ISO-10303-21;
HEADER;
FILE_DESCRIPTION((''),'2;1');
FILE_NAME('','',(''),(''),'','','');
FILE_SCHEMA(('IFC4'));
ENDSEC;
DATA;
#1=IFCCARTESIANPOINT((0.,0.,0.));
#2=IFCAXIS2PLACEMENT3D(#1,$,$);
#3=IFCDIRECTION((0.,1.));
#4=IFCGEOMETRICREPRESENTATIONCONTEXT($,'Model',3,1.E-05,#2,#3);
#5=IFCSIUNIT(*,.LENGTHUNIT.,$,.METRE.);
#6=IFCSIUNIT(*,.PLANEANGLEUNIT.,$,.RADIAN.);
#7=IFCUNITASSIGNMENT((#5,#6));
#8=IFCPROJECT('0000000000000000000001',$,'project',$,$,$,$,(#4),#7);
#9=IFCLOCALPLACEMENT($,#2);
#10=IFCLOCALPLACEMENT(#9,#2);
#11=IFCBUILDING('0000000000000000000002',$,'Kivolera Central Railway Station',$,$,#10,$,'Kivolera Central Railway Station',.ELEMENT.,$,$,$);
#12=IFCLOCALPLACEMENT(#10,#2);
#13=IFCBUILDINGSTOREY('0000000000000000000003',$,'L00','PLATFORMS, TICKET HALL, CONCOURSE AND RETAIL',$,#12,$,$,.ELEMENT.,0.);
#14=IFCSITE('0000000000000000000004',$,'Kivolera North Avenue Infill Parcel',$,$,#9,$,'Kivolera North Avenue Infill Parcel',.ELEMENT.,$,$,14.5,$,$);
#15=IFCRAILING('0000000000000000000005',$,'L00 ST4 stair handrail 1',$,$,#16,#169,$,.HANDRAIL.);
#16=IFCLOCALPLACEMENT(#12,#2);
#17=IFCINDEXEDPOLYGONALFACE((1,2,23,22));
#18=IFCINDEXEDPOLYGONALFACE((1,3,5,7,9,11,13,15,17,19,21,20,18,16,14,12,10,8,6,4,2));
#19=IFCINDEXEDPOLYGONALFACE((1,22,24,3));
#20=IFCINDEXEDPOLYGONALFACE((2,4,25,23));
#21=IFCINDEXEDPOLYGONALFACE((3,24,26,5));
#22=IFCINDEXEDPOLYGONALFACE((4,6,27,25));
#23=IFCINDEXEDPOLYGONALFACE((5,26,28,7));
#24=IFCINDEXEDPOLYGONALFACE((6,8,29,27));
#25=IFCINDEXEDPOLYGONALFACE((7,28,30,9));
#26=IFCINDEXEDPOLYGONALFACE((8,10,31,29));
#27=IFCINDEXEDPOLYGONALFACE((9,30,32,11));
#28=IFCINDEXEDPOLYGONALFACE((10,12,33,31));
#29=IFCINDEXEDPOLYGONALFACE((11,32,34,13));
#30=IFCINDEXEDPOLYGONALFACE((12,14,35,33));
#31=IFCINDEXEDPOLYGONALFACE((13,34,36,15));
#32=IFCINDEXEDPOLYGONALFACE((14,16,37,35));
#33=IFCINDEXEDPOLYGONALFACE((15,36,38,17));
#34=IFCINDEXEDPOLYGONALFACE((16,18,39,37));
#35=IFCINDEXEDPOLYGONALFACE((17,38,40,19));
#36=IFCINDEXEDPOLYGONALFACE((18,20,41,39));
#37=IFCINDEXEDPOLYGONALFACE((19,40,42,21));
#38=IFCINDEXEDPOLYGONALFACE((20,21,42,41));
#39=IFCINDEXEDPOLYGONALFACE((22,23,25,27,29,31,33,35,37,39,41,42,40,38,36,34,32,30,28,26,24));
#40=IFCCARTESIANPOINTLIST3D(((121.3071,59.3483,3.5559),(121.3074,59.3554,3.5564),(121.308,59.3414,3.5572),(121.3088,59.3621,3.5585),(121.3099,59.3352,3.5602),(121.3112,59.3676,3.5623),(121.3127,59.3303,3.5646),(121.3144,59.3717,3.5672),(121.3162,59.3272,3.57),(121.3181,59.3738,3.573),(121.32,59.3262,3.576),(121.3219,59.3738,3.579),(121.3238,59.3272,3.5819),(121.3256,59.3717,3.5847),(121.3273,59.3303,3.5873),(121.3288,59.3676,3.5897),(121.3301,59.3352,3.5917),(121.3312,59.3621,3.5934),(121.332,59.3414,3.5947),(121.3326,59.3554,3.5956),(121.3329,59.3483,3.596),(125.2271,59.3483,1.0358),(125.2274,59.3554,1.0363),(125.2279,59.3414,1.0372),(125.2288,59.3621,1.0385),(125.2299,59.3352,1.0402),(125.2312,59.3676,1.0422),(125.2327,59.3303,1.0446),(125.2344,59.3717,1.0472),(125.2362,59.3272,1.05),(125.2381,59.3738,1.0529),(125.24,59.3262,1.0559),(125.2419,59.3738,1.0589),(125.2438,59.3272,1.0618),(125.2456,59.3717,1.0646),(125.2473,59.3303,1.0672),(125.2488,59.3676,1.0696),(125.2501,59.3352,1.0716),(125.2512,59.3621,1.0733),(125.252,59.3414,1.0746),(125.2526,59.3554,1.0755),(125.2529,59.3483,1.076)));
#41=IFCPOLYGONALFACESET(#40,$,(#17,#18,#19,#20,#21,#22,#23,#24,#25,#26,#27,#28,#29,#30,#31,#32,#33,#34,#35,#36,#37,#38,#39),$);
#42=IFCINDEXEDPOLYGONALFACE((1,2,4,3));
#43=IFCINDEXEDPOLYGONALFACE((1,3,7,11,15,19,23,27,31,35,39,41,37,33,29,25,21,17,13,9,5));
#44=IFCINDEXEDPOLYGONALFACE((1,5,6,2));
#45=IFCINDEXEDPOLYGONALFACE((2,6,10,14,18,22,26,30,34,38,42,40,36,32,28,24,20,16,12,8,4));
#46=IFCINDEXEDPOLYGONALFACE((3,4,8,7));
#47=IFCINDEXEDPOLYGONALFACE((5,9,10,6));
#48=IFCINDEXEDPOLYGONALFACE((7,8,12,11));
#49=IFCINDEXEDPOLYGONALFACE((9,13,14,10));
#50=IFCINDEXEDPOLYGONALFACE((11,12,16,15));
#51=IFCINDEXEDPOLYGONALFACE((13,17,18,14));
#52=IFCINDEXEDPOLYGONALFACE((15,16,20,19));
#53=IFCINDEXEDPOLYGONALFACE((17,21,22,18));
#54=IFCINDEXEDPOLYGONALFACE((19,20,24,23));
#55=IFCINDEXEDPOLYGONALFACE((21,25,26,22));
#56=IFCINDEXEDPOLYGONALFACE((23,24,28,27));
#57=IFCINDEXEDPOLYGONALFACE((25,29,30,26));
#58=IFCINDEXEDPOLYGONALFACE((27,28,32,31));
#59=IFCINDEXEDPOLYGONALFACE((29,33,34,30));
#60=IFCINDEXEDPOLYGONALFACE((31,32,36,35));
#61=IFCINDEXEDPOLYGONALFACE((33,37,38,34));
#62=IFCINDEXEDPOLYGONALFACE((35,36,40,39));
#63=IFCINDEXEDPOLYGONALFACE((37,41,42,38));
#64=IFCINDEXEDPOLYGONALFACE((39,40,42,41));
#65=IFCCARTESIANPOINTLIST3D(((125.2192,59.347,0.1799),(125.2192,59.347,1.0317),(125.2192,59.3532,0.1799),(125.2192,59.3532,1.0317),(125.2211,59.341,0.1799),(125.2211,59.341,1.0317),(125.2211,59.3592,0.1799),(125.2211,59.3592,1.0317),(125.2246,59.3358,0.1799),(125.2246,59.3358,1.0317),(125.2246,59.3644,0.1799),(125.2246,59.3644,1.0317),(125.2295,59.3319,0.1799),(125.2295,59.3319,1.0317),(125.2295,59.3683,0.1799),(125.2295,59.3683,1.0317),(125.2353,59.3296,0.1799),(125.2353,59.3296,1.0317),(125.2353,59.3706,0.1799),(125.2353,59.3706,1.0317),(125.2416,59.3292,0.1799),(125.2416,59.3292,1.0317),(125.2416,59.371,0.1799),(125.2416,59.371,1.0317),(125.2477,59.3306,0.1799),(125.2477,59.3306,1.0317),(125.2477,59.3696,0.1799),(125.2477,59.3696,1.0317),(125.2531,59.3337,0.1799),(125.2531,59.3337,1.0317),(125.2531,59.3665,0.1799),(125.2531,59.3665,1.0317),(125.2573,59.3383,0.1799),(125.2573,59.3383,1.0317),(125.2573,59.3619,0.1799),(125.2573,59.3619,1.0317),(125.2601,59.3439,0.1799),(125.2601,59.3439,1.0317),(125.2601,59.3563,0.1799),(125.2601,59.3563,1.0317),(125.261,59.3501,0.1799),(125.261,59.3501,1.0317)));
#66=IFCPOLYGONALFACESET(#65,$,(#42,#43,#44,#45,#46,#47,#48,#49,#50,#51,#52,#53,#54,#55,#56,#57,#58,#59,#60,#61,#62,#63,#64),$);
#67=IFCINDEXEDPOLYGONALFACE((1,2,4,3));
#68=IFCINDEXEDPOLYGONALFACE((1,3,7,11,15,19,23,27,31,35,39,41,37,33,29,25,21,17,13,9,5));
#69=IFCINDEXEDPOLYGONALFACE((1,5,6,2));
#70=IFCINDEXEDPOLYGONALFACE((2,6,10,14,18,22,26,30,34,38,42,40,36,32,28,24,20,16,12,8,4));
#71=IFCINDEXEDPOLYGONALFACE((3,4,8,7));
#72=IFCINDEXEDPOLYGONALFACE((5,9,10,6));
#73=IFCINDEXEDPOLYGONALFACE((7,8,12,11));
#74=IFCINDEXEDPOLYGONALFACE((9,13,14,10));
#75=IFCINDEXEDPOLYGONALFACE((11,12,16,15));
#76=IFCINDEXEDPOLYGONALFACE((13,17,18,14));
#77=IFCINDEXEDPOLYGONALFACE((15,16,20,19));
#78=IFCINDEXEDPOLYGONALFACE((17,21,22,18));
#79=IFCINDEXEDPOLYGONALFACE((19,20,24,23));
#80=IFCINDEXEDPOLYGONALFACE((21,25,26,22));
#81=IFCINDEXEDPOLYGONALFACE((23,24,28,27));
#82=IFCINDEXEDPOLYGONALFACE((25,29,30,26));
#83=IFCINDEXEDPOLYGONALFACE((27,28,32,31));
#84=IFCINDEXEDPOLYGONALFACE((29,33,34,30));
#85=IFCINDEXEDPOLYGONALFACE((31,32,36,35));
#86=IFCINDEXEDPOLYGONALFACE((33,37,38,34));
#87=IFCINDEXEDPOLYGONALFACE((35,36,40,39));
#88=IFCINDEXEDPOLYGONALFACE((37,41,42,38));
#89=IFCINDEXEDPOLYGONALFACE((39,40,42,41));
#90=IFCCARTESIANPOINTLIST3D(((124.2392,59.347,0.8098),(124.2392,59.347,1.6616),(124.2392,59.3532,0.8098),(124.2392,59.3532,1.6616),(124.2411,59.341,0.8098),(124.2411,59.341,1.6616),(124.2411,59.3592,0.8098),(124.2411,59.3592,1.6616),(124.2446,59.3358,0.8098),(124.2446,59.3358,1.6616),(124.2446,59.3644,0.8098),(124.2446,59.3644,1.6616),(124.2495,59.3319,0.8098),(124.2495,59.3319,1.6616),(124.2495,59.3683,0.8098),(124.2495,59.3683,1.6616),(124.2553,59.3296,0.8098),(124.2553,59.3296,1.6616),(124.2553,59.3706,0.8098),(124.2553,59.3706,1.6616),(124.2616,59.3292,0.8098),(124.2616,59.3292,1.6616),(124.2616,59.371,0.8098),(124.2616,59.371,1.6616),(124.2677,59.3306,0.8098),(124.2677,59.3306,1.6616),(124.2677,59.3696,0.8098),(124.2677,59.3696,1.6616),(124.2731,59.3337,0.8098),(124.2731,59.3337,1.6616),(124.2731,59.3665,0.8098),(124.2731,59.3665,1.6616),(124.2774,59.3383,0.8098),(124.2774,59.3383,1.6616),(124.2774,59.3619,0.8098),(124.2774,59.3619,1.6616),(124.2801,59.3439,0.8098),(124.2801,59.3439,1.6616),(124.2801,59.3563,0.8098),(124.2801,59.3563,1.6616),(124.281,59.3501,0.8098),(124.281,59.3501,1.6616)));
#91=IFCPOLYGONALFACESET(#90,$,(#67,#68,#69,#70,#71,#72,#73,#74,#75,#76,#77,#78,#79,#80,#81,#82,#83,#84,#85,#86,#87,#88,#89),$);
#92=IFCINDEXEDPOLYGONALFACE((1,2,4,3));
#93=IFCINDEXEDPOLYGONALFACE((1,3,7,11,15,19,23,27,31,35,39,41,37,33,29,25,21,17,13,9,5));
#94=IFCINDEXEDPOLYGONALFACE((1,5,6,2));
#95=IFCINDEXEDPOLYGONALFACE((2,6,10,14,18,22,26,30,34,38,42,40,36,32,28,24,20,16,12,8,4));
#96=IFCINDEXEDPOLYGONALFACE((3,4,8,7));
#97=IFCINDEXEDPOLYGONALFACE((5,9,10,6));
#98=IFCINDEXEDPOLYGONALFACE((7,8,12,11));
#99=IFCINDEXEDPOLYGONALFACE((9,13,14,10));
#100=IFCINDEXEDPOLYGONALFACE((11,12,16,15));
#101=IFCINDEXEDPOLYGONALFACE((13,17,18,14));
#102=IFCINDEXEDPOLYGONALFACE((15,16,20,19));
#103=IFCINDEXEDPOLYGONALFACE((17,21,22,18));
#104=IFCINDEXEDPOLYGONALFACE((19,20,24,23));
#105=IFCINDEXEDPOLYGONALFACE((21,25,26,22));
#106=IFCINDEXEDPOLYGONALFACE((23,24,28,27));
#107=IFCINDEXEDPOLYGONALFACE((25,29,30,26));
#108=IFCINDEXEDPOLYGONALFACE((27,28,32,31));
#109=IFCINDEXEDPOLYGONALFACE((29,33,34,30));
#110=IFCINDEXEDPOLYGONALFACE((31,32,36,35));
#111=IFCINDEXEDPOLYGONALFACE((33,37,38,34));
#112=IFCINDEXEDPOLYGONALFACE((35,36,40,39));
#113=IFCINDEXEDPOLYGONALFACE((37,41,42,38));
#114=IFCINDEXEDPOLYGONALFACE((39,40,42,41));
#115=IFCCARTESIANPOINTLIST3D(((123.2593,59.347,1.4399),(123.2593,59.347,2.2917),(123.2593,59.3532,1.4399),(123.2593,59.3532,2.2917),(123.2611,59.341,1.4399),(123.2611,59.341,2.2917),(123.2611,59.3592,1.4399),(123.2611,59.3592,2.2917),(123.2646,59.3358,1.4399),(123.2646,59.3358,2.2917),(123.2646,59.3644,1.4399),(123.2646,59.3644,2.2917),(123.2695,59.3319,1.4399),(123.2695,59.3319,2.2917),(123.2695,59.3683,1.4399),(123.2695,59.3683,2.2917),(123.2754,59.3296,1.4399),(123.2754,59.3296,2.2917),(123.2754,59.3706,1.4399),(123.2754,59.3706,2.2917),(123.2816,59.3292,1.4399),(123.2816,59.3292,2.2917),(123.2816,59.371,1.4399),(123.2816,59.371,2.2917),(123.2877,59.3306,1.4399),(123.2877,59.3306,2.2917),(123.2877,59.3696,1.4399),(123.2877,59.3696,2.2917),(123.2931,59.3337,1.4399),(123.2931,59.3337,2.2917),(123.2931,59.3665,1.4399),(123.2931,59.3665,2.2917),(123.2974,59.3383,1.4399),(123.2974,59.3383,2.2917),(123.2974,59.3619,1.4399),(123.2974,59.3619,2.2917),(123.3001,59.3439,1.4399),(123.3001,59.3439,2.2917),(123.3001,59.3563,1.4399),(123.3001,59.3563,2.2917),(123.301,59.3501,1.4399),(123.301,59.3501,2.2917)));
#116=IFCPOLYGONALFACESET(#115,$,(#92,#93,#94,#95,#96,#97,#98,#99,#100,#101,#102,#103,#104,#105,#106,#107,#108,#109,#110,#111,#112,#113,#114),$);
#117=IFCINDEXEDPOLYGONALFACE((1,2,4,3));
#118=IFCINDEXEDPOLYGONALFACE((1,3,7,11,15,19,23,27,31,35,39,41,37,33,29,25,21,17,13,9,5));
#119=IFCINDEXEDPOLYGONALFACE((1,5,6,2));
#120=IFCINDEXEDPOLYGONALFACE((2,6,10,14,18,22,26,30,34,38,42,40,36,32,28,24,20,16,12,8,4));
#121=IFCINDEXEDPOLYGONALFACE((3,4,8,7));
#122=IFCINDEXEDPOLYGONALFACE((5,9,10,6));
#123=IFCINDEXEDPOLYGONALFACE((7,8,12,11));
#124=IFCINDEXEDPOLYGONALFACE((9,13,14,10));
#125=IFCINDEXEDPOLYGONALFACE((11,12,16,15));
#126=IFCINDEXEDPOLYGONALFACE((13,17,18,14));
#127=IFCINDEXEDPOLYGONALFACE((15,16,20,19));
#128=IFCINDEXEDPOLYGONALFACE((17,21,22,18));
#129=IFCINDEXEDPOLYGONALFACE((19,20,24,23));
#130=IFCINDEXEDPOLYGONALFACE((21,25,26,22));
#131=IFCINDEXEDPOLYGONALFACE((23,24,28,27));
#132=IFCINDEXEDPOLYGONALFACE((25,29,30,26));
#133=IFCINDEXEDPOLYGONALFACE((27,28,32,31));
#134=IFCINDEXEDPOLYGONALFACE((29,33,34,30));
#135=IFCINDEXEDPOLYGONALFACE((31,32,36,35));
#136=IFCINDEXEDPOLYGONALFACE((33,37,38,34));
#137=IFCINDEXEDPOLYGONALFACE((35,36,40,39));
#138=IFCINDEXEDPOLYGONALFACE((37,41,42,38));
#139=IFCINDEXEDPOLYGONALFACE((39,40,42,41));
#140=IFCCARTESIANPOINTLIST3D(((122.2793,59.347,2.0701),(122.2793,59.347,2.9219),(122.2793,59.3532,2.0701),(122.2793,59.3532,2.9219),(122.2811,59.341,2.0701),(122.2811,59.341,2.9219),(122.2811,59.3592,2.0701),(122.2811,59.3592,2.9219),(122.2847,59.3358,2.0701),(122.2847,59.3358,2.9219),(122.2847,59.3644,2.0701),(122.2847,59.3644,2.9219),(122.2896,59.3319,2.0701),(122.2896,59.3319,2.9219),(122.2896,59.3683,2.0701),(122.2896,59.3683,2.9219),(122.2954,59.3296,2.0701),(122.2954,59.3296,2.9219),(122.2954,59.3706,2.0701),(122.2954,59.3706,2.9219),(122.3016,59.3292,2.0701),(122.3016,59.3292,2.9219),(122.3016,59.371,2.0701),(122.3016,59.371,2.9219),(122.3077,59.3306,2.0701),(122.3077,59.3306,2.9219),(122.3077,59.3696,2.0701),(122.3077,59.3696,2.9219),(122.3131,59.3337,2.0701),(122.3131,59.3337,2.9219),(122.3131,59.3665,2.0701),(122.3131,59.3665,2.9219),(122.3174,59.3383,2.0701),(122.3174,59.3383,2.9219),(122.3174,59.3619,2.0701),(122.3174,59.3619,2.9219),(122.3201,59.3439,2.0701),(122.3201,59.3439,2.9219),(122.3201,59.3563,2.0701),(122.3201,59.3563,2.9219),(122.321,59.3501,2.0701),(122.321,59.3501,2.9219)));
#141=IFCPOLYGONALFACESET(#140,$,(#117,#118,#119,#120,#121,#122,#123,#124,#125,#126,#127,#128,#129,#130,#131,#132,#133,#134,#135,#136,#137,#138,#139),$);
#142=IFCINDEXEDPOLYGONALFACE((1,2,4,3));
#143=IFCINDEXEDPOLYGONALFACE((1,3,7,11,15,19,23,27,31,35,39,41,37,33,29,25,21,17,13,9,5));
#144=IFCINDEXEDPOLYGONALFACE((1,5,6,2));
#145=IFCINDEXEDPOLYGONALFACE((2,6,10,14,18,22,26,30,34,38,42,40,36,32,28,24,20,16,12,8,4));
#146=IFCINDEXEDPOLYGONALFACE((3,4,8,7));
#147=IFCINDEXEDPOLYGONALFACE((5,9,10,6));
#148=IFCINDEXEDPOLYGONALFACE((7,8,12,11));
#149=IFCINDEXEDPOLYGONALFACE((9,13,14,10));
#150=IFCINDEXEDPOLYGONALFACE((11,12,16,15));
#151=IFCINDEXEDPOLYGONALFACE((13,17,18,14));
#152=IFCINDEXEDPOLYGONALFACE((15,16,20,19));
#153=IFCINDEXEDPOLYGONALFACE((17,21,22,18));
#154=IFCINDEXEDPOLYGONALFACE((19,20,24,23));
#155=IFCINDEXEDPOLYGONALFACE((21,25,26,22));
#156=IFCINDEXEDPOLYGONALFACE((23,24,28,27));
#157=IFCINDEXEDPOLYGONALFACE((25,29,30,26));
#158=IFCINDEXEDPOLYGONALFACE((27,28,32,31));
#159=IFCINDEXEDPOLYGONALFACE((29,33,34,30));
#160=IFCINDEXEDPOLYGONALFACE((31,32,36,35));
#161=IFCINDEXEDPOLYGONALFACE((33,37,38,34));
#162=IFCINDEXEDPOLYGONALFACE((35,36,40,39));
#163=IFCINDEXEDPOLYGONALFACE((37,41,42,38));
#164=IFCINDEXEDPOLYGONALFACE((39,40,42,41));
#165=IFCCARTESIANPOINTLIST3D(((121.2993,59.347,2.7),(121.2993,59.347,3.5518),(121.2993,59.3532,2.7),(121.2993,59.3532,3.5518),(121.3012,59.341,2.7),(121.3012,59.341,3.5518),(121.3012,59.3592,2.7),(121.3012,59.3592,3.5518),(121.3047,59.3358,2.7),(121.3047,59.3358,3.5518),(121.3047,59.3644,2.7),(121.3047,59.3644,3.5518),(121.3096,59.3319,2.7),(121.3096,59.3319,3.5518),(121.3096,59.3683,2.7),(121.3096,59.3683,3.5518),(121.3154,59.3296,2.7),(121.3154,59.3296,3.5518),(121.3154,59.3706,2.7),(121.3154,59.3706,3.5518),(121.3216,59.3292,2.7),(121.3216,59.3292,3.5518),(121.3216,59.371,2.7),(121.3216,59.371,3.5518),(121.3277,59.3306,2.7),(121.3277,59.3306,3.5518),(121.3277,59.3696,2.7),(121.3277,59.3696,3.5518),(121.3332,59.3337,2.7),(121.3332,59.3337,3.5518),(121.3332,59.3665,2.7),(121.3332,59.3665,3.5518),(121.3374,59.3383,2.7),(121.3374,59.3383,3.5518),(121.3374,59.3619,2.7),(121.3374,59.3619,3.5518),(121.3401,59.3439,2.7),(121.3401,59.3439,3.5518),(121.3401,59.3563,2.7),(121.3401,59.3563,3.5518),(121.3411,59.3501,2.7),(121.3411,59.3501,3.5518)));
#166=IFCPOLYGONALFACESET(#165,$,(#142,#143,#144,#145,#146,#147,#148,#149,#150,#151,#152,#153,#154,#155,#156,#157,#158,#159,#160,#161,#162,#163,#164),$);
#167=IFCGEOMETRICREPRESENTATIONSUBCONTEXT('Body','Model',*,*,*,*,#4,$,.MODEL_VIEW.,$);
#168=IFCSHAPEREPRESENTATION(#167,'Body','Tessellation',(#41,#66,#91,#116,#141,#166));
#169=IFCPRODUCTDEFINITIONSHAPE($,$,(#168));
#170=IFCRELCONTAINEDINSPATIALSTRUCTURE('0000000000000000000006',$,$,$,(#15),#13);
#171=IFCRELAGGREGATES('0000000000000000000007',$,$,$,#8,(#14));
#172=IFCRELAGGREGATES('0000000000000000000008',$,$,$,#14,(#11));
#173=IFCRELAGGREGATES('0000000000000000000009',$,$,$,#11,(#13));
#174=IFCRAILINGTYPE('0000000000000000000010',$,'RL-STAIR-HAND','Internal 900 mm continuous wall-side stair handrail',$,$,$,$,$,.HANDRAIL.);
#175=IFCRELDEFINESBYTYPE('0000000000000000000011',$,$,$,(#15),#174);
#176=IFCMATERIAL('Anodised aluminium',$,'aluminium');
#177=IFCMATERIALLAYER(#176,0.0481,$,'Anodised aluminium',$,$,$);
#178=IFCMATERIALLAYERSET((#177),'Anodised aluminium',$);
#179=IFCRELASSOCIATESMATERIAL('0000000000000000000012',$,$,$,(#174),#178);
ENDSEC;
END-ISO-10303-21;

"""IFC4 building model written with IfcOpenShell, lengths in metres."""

from ifc_helpers import new_model, si_unit, direction, frame, origin, origin_2d, place, context, subcontext, project, spatial, circle, extrude, material, layer, layer_set, type_object, element, save


model = new_model("IFC4")

# Units and contexts
model_context = context("Model", 3, precision=1e-05, world=origin(), true_north=direction((0.0, 1.0)))
body_context = subcontext(model_context, "Body", "Model", "MODEL_VIEW")
ifc_project = project(units=[si_unit("LENGTHUNIT", "METRE"), si_unit("PLANEANGLEUNIT", "RADIAN")], contexts=[model_context])

# Site, building, storey
site_placement = place(None, origin())
site = spatial("IfcSite", under=ifc_project, at=site_placement, Name="Kivolera North Avenue Infill Parcel", LongName="Kivolera North Avenue Infill Parcel", CompositionType="ELEMENT", RefElevation=14.5)
building_placement = place(site_placement, origin())
building = spatial("IfcBuilding", under=site, at=building_placement, Name="Kivolera Central Railway Station", LongName="Kivolera Central Railway Station", CompositionType="ELEMENT")
storey_placement = place(building_placement, origin())
storey = spatial("IfcBuildingStorey", under=building, at=storey_placement, Name="L00", Description="PLATFORMS, TICKET HALL, CONCOURSE AND RETAIL", CompositionType="ELEMENT", Elevation=0.0)

# Railing
ifc_material_1 = material(Name="Anodised aluminium", Category="aluminium")
ifc_layer_1 = layer(ifc_material_1, 0.0481, Name="Anodised aluminium")
ifc_layer_set_1 = layer_set([ifc_layer_1], Name="Anodised aluminium")
railing_type_1 = type_object("IfcRailingType", Name="RL-STAIR-HAND", Description="Internal 900 mm continuous wall-side stair handrail", PredefinedType="HANDRAIL", material=ifc_layer_set_1)
railing_1_placement = place(storey_placement, frame((125.24, 59.3501, 0.1799)))
element("IfcRailing", 1, at=railing_1_placement, inside=storey, type_object=railing_type_1, Name="L00 ST4 stair handrail 1", PredefinedType="HANDRAIL", context=body_context, shape_type="SweptSolid", body=[
    extrude(circle(Radius=0.0239, at=origin_2d()), frame((0.0, 0.0, 0.876), z_axis=(-0.841172, 0.0, 0.540768), x_axis=(0.0, -1.0, 0.0)), (0.0, 0.0, 1.0), 4.6602),
    extrude(circle(Radius=0.021, at=origin_2d()), origin(), (0.0, 0.0, 1.0), 0.8518),
    extrude(circle(Radius=0.021, at=origin_2d()), frame((-0.98, 0.0, 0.6299)), (0.0, 0.0, 1.0), 0.8518),
    extrude(circle(Radius=0.021, at=origin_2d()), frame((-1.96, 0.0, 1.26)), (0.0, 0.0, 1.0), 0.8518),
    extrude(circle(Radius=0.021, at=origin_2d()), frame((-2.9399, 0.0, 1.8901)), (0.0, 0.0, 1.0), 0.8518),
    extrude(circle(Radius=0.021, at=origin_2d()), frame((-3.9199, 0.0, 2.52)), (0.0, 0.0, 1.0), 0.8518),
])

save(model, "model.ifc")
